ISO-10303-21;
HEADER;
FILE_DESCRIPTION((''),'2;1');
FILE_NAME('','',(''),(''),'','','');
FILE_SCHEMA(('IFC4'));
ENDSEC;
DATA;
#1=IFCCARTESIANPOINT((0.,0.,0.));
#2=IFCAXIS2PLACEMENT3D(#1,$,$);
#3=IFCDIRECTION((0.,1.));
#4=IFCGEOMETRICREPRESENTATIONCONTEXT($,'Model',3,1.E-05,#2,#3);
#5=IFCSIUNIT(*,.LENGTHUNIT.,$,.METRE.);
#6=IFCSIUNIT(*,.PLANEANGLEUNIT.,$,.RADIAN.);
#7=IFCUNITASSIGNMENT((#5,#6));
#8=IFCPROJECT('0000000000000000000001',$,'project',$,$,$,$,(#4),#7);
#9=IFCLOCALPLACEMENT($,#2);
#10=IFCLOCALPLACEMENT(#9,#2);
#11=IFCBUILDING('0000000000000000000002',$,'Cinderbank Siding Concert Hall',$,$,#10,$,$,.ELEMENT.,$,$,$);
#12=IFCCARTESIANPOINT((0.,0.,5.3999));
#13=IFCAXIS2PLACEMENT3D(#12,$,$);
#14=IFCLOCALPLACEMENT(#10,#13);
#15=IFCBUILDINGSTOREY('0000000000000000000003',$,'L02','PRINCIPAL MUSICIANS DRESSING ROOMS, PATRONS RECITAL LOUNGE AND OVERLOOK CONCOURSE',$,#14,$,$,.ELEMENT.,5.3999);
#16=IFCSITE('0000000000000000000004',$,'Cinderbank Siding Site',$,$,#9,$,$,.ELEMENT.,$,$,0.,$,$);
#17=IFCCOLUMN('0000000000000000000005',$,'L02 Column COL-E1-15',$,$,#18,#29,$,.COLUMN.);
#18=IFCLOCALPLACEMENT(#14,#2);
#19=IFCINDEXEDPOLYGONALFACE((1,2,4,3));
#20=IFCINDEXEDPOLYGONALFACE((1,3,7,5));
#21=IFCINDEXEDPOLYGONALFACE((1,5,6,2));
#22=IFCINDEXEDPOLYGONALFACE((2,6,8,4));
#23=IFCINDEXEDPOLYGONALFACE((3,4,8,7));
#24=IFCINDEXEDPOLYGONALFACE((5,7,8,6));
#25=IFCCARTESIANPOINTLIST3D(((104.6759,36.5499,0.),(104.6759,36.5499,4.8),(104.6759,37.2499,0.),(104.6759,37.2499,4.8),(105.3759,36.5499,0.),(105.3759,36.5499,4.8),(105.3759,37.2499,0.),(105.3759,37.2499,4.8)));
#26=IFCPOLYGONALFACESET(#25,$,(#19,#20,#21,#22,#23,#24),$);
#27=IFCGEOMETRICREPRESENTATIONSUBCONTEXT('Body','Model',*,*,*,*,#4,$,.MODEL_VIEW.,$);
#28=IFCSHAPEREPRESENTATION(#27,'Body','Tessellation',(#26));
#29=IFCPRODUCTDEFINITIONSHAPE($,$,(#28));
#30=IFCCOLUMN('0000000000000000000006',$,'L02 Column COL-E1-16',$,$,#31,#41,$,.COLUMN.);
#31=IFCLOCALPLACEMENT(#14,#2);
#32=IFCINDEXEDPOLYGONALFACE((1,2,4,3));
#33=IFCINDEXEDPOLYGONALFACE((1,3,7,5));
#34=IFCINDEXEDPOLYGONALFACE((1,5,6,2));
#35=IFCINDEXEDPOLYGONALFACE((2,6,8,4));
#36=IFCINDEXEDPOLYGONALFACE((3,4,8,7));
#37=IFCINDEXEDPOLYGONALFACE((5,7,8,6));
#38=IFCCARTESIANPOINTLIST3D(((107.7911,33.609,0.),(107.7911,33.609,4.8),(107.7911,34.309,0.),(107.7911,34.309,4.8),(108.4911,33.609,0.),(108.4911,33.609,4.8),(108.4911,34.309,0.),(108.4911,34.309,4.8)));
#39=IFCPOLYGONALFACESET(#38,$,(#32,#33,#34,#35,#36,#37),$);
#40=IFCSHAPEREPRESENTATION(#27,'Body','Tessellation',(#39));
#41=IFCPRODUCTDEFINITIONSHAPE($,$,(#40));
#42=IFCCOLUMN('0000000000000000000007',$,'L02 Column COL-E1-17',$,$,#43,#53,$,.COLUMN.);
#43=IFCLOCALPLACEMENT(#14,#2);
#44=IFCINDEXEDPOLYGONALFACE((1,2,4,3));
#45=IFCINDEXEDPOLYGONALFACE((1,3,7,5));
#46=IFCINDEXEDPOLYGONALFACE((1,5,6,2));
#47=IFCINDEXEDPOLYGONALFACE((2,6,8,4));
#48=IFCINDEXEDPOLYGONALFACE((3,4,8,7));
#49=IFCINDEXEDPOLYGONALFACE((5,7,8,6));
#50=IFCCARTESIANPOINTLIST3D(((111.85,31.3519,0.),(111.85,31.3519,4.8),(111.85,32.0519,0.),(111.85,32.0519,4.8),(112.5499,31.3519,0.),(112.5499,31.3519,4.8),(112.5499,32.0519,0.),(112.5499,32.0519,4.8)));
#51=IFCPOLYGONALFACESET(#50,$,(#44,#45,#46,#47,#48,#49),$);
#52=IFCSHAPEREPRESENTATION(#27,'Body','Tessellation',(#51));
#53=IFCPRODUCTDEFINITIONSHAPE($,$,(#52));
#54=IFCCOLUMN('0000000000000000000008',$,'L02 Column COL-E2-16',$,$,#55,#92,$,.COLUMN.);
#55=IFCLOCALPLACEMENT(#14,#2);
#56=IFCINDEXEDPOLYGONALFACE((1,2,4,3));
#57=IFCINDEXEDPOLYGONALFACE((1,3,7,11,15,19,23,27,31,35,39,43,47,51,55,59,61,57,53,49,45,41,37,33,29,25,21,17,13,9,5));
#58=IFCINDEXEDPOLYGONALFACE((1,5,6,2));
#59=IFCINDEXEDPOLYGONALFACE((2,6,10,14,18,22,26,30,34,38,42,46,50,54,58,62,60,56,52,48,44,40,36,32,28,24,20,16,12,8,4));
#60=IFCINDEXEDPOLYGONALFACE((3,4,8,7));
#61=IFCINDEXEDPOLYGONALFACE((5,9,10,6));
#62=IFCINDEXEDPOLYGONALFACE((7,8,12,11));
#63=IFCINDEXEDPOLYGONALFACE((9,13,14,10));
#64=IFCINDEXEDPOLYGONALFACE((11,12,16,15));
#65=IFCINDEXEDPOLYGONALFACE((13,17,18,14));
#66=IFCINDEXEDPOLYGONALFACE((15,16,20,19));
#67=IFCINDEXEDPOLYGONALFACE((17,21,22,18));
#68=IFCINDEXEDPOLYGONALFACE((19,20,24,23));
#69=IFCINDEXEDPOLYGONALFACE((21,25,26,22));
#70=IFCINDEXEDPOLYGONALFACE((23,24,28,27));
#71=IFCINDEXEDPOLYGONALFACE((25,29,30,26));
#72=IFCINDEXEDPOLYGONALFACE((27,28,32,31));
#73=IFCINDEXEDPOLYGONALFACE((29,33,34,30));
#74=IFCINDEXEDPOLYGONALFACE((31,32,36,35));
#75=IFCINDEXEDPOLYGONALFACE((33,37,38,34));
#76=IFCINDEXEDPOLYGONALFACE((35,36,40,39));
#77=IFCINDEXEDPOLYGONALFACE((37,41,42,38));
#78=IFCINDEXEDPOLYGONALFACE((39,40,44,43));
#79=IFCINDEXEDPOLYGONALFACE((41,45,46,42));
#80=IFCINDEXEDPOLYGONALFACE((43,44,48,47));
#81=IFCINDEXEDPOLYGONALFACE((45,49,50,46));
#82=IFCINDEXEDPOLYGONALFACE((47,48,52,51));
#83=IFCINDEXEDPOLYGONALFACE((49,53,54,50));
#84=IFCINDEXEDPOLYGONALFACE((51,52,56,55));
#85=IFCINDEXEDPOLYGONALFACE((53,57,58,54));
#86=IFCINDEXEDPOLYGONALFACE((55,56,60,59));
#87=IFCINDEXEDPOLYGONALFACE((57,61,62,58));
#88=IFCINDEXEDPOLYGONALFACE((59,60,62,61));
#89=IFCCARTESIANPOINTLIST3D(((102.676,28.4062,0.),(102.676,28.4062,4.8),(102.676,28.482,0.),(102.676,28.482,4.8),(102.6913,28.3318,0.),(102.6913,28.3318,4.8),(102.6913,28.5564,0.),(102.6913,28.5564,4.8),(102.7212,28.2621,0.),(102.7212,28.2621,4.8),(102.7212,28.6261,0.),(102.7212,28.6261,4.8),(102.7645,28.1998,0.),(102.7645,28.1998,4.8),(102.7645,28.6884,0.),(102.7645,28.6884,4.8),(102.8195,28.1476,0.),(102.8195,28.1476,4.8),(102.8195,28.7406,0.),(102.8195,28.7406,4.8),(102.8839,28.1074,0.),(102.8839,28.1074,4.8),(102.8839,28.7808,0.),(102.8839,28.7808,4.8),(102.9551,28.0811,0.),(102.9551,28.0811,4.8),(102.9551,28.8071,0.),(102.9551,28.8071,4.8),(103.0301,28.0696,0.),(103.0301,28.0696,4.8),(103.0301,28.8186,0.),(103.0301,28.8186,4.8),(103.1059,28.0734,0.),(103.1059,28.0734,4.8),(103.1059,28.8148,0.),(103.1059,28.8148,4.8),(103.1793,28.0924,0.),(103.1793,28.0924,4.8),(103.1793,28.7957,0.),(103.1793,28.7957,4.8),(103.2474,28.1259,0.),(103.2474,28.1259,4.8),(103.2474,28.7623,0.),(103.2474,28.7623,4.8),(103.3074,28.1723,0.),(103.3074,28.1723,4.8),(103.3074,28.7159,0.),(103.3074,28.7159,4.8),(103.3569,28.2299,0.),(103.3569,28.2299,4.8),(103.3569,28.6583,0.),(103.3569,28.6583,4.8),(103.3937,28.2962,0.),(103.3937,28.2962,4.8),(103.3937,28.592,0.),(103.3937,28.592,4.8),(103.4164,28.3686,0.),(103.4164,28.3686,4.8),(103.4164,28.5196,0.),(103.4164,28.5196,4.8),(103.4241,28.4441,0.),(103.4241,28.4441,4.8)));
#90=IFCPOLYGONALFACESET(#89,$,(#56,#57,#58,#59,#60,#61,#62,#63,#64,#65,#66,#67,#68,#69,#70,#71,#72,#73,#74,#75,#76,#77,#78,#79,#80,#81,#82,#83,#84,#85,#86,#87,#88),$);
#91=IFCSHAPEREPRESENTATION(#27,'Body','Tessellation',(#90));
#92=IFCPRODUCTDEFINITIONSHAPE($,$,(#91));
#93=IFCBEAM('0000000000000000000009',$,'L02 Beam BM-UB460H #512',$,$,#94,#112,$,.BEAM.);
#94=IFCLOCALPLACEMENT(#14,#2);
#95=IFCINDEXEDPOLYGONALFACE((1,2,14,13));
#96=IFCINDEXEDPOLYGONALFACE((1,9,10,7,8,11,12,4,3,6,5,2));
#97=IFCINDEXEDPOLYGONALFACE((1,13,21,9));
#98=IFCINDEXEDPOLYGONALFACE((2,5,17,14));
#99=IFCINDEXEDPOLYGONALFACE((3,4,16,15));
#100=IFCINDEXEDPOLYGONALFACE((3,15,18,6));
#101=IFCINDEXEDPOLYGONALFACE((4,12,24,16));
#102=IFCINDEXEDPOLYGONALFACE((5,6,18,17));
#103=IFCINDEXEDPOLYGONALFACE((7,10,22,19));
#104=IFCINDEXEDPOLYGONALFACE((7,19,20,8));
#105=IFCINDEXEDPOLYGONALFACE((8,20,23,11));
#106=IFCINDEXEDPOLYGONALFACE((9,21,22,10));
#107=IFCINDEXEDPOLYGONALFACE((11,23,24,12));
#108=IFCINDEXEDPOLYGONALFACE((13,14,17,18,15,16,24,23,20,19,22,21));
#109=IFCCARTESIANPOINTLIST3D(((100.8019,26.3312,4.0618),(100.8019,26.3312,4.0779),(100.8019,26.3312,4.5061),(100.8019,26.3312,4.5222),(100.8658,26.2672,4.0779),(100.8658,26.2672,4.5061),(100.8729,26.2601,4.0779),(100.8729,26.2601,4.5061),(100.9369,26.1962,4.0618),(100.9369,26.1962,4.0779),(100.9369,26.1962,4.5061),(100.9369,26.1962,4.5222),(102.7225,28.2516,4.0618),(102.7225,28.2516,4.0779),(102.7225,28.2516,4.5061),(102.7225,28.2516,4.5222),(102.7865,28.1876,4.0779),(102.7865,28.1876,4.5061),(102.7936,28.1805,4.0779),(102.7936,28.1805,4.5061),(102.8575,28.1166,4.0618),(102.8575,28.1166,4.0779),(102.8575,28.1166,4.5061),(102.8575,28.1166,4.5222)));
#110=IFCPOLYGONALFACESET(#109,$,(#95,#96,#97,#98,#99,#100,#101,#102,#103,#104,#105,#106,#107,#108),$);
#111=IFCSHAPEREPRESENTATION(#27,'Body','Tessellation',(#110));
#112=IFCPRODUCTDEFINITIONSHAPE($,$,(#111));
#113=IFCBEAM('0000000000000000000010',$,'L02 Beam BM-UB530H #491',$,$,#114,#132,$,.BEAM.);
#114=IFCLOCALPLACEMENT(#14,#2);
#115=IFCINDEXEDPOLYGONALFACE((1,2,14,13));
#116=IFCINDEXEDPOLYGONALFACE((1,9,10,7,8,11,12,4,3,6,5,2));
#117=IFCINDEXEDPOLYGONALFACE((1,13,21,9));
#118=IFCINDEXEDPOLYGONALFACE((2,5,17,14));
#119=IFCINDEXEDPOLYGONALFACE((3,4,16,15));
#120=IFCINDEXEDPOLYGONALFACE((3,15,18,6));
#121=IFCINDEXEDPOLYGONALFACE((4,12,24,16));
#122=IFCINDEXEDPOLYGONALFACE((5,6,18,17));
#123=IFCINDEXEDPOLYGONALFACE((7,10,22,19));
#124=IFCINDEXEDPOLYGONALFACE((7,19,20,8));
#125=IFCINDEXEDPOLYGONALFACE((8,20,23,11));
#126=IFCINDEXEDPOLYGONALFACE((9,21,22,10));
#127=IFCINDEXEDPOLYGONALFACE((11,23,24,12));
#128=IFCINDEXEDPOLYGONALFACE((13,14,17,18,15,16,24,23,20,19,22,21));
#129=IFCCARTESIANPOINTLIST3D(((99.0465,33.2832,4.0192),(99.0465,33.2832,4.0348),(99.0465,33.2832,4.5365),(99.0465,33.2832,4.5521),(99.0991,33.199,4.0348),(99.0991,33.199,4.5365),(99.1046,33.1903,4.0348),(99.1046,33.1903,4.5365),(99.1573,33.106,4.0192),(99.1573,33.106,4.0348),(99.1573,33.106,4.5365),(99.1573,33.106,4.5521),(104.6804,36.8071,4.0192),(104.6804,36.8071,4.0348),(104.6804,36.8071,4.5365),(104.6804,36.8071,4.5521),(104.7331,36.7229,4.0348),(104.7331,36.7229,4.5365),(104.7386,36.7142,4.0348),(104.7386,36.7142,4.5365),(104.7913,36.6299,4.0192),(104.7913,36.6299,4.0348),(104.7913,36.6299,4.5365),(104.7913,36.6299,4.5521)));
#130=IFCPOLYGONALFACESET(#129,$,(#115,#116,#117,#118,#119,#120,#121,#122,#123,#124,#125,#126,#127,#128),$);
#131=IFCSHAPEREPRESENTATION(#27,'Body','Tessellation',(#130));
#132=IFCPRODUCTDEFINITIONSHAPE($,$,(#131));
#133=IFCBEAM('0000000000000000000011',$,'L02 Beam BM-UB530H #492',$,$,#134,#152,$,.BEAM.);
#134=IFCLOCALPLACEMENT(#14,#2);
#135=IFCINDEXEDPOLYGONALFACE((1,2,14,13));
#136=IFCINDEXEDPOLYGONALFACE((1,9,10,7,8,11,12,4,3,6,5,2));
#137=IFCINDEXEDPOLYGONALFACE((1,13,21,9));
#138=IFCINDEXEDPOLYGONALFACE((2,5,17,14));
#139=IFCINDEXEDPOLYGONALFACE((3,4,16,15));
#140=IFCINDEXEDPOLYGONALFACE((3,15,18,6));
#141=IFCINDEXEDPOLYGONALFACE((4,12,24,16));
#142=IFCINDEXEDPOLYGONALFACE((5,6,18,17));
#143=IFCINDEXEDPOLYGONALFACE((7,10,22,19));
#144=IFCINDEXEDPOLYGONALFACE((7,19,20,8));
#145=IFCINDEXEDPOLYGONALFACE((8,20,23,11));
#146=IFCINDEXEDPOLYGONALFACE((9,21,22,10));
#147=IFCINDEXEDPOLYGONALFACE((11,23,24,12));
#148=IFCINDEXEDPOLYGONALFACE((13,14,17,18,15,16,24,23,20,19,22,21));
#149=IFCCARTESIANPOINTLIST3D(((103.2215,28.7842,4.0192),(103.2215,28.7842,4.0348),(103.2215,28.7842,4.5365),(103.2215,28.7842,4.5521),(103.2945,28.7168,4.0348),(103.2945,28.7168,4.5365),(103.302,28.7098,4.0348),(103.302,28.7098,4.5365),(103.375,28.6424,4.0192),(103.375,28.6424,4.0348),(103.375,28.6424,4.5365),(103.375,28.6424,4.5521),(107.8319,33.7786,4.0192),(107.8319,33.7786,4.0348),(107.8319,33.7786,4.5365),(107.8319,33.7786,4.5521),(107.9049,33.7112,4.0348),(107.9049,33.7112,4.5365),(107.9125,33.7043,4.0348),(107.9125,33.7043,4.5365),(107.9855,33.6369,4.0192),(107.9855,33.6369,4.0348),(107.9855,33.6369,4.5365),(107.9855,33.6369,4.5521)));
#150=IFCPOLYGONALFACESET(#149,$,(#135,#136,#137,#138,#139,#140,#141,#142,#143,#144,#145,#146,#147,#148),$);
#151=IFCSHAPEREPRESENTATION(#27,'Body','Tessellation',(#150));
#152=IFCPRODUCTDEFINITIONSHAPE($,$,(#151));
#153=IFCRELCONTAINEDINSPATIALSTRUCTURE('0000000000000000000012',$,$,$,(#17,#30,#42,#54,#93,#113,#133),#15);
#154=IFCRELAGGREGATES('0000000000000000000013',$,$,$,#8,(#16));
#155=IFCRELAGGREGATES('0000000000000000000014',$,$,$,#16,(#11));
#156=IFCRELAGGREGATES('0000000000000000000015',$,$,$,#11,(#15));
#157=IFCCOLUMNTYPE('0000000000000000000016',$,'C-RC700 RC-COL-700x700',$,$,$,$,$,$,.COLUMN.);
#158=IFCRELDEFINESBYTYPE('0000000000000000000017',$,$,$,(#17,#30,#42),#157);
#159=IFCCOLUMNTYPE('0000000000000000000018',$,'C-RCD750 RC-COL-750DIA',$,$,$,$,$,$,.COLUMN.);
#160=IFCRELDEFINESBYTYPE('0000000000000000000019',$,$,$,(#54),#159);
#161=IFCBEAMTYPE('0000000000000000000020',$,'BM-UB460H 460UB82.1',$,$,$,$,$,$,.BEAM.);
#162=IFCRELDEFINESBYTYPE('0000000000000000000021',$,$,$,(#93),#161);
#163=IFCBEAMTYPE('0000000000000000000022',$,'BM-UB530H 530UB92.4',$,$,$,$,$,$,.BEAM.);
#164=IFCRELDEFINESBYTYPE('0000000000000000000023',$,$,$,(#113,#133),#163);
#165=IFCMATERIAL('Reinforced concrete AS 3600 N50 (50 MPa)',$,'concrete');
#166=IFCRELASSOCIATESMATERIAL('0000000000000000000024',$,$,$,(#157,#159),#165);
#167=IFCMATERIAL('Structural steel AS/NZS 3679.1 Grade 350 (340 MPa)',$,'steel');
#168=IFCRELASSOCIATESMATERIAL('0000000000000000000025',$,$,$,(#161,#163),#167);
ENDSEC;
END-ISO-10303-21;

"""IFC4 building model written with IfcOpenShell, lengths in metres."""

from ifc_helpers import new_model, si_unit, direction, frame, origin, origin_2d, place, context, subcontext, project, spatial, rectangle, circle, i_section, extrude, material, material_profile, profile_set, type_object, element, save


model = new_model("IFC4")

# Units and contexts
model_context = context("Model", 3, precision=1e-05, world=origin(), true_north=direction((0.0, 1.0)))
body_context = subcontext(model_context, "Body", "Model", "MODEL_VIEW")
ifc_project = project(units=[si_unit("LENGTHUNIT", "METRE"), si_unit("PLANEANGLEUNIT", "RADIAN")], contexts=[model_context])

# Site, building, storey
site_placement = place(None, origin())
site = spatial("IfcSite", under=ifc_project, at=site_placement, Name="Cinderbank Siding Site", CompositionType="ELEMENT", RefElevation=0.0)
building_placement = place(site_placement, origin())
building = spatial("IfcBuilding", under=site, at=building_placement, Name="Cinderbank Siding Concert Hall", CompositionType="ELEMENT")
storey_placement = place(building_placement, frame((0.0, 0.0, 5.3999)))
storey = spatial("IfcBuildingStorey", under=building, at=storey_placement, Name="L02", Description="PRINCIPAL MUSICIANS DRESSING ROOMS, PATRONS RECITAL LOUNGE AND OVERLOOK CONCOURSE", CompositionType="ELEMENT", Elevation=5.3999)

# Columns
ifc_material_1 = material(Name="Reinforced concrete AS 3600 N50 (50 MPa)", Category="concrete")
ifc_material_profile_1 = material_profile(ifc_material_1, rectangle(XDim=0.7, YDim=0.7, at=origin_2d()), Name="RC-COL-700x700", Category="LoadBearing")
ifc_profile_set_1 = profile_set([ifc_material_profile_1], Name="Reinforced concrete AS 3600 N50 (50 MPa)")
column_type_1 = type_object("IfcColumnType", Name="C-RC700 RC-COL-700x700", PredefinedType="COLUMN", material=ifc_profile_set_1)
for number, where, z_axis, x_axis, name in (
    (1, (105.0259, 36.8999, 0.0), (0.0, 0.0, 1.0), (1.0, 0.0, 0.0), "L02 Column COL-E1-15"),
    (2, (108.1411, 33.959, 0.0), (0.0, 0.0, 1.0), (1.0, 0.0, 0.0), "L02 Column COL-E1-16"),
    (3, (112.2, 31.7019, 0.0), (0.0, 0.0, 1.0), (1.0, 0.0, 0.0), "L02 Column COL-E1-17"),
):
    element("IfcColumn", number, at=place(storey_placement, frame(where, z_axis=z_axis, x_axis=x_axis)), inside=storey, type_object=column_type_1, Name=name, PredefinedType="COLUMN", context=body_context, shape_type="SweptSolid", body=[
        extrude(rectangle(XDim=0.7, YDim=0.7, at=origin_2d()), origin(), (0.0, 0.0, 1.0), 4.8),
    ])
ifc_material_profile_2 = material_profile(ifc_material_1, circle(Radius=0.375, at=origin_2d()), Name="RC-COL-750DIA", Category="LoadBearing")
ifc_profile_set_2 = profile_set([ifc_material_profile_2], Name="Reinforced concrete AS 3600 N50 (50 MPa)")
column_type_2 = type_object("IfcColumnType", Name="C-RCD750 RC-COL-750DIA", PredefinedType="COLUMN", material=ifc_profile_set_2)
column_placement = place(storey_placement, frame((103.0491, 28.4441, 0.0), z_axis=(0.0, 0.0, 1.0), x_axis=(1.0, 0.0, 0.0)))
element("IfcColumn", 4, at=column_placement, inside=storey, type_object=column_type_2, Name="L02 Column COL-E2-16", PredefinedType="COLUMN", context=body_context, shape_type="SweptSolid", body=[
    extrude(circle(Radius=0.375, at=origin_2d()), origin(), (0.0, 0.0, 1.0), 4.8),
])

# Beams
ifc_material_2 = material(Name="Structural steel AS/NZS 3679.1 Grade 350 (340 MPa)", Category="steel")
ifc_material_profile_3 = material_profile(ifc_material_2, i_section(OverallWidth=0.1909, OverallDepth=0.4604, WebThickness=0.01, FlangeThickness=0.0161, at=origin_2d()), Name="460UB82.1", Category="LoadBearing")
ifc_profile_set_3 = profile_set([ifc_material_profile_3], Name="Structural steel AS/NZS 3679.1 Grade 350 (340 MPa)")
beam_type_1 = type_object("IfcBeamType", Name="BM-UB460H 460UB82.1", PredefinedType="BEAM", material=ifc_profile_set_3)
beam_1_placement = place(storey_placement, frame((102.79, 28.1841, 4.292), z_axis=(-0.707152, -0.707062, 0.0), x_axis=(0.707062, -0.707152, 0.0)))
element("IfcBeam", 5, at=beam_1_placement, inside=storey, type_object=beam_type_1, Name="L02 Beam BM-UB460H #512", PredefinedType="BEAM", context=body_context, shape_type="SweptSolid", body=[
    extrude(i_section(OverallWidth=0.1909, OverallDepth=0.4604, WebThickness=0.01, FlangeThickness=0.0161, at=origin_2d()), origin(), (0.0, 0.0, 1.0), 2.7161),
])
ifc_material_profile_4 = material_profile(ifc_material_2, i_section(OverallWidth=0.209, OverallDepth=0.533, WebThickness=0.0103, FlangeThickness=0.0156, at=origin_2d()), Name="530UB92.4", Category="LoadBearing")
ifc_profile_set_4 = profile_set([ifc_material_profile_4], Name="Structural steel AS/NZS 3679.1 Grade 350 (340 MPa)")
beam_type_2 = type_object("IfcBeamType", Name="BM-UB530H 530UB92.4", PredefinedType="BEAM", material=ifc_profile_set_4)
beam_2_placement = place(storey_placement, frame((104.7358, 36.7185, 4.2856), z_axis=(-0.847819, -0.530286, 0.0), x_axis=(0.530286, -0.847819, 0.0)))
element("IfcBeam", 6, at=beam_2_placement, inside=storey, type_object=beam_type_2, Name="L02 Beam BM-UB530H #491", PredefinedType="BEAM", context=body_context, shape_type="SweptSolid", body=[
    extrude(i_section(OverallWidth=0.209, OverallDepth=0.533, WebThickness=0.0103, FlangeThickness=0.0156, at=origin_2d()), origin(), (0.0, 0.0, 1.0), 6.6453),
])
beam_3_placement = place(storey_placement, frame((107.9087, 33.7078, 4.2856), z_axis=(-0.678292, -0.734792, 0.0), x_axis=(0.734792, -0.678292, 0.0)))
element("IfcBeam", 7, at=beam_3_placement, inside=storey, type_object=beam_type_2, Name="L02 Beam BM-UB530H #492", PredefinedType="BEAM", context=body_context, shape_type="SweptSolid", body=[
    extrude(i_section(OverallWidth=0.209, OverallDepth=0.533, WebThickness=0.0103, FlangeThickness=0.0156, at=origin_2d()), origin(), (0.0, 0.0, 1.0), 6.7971),
])

save(model, "model.ifc")
